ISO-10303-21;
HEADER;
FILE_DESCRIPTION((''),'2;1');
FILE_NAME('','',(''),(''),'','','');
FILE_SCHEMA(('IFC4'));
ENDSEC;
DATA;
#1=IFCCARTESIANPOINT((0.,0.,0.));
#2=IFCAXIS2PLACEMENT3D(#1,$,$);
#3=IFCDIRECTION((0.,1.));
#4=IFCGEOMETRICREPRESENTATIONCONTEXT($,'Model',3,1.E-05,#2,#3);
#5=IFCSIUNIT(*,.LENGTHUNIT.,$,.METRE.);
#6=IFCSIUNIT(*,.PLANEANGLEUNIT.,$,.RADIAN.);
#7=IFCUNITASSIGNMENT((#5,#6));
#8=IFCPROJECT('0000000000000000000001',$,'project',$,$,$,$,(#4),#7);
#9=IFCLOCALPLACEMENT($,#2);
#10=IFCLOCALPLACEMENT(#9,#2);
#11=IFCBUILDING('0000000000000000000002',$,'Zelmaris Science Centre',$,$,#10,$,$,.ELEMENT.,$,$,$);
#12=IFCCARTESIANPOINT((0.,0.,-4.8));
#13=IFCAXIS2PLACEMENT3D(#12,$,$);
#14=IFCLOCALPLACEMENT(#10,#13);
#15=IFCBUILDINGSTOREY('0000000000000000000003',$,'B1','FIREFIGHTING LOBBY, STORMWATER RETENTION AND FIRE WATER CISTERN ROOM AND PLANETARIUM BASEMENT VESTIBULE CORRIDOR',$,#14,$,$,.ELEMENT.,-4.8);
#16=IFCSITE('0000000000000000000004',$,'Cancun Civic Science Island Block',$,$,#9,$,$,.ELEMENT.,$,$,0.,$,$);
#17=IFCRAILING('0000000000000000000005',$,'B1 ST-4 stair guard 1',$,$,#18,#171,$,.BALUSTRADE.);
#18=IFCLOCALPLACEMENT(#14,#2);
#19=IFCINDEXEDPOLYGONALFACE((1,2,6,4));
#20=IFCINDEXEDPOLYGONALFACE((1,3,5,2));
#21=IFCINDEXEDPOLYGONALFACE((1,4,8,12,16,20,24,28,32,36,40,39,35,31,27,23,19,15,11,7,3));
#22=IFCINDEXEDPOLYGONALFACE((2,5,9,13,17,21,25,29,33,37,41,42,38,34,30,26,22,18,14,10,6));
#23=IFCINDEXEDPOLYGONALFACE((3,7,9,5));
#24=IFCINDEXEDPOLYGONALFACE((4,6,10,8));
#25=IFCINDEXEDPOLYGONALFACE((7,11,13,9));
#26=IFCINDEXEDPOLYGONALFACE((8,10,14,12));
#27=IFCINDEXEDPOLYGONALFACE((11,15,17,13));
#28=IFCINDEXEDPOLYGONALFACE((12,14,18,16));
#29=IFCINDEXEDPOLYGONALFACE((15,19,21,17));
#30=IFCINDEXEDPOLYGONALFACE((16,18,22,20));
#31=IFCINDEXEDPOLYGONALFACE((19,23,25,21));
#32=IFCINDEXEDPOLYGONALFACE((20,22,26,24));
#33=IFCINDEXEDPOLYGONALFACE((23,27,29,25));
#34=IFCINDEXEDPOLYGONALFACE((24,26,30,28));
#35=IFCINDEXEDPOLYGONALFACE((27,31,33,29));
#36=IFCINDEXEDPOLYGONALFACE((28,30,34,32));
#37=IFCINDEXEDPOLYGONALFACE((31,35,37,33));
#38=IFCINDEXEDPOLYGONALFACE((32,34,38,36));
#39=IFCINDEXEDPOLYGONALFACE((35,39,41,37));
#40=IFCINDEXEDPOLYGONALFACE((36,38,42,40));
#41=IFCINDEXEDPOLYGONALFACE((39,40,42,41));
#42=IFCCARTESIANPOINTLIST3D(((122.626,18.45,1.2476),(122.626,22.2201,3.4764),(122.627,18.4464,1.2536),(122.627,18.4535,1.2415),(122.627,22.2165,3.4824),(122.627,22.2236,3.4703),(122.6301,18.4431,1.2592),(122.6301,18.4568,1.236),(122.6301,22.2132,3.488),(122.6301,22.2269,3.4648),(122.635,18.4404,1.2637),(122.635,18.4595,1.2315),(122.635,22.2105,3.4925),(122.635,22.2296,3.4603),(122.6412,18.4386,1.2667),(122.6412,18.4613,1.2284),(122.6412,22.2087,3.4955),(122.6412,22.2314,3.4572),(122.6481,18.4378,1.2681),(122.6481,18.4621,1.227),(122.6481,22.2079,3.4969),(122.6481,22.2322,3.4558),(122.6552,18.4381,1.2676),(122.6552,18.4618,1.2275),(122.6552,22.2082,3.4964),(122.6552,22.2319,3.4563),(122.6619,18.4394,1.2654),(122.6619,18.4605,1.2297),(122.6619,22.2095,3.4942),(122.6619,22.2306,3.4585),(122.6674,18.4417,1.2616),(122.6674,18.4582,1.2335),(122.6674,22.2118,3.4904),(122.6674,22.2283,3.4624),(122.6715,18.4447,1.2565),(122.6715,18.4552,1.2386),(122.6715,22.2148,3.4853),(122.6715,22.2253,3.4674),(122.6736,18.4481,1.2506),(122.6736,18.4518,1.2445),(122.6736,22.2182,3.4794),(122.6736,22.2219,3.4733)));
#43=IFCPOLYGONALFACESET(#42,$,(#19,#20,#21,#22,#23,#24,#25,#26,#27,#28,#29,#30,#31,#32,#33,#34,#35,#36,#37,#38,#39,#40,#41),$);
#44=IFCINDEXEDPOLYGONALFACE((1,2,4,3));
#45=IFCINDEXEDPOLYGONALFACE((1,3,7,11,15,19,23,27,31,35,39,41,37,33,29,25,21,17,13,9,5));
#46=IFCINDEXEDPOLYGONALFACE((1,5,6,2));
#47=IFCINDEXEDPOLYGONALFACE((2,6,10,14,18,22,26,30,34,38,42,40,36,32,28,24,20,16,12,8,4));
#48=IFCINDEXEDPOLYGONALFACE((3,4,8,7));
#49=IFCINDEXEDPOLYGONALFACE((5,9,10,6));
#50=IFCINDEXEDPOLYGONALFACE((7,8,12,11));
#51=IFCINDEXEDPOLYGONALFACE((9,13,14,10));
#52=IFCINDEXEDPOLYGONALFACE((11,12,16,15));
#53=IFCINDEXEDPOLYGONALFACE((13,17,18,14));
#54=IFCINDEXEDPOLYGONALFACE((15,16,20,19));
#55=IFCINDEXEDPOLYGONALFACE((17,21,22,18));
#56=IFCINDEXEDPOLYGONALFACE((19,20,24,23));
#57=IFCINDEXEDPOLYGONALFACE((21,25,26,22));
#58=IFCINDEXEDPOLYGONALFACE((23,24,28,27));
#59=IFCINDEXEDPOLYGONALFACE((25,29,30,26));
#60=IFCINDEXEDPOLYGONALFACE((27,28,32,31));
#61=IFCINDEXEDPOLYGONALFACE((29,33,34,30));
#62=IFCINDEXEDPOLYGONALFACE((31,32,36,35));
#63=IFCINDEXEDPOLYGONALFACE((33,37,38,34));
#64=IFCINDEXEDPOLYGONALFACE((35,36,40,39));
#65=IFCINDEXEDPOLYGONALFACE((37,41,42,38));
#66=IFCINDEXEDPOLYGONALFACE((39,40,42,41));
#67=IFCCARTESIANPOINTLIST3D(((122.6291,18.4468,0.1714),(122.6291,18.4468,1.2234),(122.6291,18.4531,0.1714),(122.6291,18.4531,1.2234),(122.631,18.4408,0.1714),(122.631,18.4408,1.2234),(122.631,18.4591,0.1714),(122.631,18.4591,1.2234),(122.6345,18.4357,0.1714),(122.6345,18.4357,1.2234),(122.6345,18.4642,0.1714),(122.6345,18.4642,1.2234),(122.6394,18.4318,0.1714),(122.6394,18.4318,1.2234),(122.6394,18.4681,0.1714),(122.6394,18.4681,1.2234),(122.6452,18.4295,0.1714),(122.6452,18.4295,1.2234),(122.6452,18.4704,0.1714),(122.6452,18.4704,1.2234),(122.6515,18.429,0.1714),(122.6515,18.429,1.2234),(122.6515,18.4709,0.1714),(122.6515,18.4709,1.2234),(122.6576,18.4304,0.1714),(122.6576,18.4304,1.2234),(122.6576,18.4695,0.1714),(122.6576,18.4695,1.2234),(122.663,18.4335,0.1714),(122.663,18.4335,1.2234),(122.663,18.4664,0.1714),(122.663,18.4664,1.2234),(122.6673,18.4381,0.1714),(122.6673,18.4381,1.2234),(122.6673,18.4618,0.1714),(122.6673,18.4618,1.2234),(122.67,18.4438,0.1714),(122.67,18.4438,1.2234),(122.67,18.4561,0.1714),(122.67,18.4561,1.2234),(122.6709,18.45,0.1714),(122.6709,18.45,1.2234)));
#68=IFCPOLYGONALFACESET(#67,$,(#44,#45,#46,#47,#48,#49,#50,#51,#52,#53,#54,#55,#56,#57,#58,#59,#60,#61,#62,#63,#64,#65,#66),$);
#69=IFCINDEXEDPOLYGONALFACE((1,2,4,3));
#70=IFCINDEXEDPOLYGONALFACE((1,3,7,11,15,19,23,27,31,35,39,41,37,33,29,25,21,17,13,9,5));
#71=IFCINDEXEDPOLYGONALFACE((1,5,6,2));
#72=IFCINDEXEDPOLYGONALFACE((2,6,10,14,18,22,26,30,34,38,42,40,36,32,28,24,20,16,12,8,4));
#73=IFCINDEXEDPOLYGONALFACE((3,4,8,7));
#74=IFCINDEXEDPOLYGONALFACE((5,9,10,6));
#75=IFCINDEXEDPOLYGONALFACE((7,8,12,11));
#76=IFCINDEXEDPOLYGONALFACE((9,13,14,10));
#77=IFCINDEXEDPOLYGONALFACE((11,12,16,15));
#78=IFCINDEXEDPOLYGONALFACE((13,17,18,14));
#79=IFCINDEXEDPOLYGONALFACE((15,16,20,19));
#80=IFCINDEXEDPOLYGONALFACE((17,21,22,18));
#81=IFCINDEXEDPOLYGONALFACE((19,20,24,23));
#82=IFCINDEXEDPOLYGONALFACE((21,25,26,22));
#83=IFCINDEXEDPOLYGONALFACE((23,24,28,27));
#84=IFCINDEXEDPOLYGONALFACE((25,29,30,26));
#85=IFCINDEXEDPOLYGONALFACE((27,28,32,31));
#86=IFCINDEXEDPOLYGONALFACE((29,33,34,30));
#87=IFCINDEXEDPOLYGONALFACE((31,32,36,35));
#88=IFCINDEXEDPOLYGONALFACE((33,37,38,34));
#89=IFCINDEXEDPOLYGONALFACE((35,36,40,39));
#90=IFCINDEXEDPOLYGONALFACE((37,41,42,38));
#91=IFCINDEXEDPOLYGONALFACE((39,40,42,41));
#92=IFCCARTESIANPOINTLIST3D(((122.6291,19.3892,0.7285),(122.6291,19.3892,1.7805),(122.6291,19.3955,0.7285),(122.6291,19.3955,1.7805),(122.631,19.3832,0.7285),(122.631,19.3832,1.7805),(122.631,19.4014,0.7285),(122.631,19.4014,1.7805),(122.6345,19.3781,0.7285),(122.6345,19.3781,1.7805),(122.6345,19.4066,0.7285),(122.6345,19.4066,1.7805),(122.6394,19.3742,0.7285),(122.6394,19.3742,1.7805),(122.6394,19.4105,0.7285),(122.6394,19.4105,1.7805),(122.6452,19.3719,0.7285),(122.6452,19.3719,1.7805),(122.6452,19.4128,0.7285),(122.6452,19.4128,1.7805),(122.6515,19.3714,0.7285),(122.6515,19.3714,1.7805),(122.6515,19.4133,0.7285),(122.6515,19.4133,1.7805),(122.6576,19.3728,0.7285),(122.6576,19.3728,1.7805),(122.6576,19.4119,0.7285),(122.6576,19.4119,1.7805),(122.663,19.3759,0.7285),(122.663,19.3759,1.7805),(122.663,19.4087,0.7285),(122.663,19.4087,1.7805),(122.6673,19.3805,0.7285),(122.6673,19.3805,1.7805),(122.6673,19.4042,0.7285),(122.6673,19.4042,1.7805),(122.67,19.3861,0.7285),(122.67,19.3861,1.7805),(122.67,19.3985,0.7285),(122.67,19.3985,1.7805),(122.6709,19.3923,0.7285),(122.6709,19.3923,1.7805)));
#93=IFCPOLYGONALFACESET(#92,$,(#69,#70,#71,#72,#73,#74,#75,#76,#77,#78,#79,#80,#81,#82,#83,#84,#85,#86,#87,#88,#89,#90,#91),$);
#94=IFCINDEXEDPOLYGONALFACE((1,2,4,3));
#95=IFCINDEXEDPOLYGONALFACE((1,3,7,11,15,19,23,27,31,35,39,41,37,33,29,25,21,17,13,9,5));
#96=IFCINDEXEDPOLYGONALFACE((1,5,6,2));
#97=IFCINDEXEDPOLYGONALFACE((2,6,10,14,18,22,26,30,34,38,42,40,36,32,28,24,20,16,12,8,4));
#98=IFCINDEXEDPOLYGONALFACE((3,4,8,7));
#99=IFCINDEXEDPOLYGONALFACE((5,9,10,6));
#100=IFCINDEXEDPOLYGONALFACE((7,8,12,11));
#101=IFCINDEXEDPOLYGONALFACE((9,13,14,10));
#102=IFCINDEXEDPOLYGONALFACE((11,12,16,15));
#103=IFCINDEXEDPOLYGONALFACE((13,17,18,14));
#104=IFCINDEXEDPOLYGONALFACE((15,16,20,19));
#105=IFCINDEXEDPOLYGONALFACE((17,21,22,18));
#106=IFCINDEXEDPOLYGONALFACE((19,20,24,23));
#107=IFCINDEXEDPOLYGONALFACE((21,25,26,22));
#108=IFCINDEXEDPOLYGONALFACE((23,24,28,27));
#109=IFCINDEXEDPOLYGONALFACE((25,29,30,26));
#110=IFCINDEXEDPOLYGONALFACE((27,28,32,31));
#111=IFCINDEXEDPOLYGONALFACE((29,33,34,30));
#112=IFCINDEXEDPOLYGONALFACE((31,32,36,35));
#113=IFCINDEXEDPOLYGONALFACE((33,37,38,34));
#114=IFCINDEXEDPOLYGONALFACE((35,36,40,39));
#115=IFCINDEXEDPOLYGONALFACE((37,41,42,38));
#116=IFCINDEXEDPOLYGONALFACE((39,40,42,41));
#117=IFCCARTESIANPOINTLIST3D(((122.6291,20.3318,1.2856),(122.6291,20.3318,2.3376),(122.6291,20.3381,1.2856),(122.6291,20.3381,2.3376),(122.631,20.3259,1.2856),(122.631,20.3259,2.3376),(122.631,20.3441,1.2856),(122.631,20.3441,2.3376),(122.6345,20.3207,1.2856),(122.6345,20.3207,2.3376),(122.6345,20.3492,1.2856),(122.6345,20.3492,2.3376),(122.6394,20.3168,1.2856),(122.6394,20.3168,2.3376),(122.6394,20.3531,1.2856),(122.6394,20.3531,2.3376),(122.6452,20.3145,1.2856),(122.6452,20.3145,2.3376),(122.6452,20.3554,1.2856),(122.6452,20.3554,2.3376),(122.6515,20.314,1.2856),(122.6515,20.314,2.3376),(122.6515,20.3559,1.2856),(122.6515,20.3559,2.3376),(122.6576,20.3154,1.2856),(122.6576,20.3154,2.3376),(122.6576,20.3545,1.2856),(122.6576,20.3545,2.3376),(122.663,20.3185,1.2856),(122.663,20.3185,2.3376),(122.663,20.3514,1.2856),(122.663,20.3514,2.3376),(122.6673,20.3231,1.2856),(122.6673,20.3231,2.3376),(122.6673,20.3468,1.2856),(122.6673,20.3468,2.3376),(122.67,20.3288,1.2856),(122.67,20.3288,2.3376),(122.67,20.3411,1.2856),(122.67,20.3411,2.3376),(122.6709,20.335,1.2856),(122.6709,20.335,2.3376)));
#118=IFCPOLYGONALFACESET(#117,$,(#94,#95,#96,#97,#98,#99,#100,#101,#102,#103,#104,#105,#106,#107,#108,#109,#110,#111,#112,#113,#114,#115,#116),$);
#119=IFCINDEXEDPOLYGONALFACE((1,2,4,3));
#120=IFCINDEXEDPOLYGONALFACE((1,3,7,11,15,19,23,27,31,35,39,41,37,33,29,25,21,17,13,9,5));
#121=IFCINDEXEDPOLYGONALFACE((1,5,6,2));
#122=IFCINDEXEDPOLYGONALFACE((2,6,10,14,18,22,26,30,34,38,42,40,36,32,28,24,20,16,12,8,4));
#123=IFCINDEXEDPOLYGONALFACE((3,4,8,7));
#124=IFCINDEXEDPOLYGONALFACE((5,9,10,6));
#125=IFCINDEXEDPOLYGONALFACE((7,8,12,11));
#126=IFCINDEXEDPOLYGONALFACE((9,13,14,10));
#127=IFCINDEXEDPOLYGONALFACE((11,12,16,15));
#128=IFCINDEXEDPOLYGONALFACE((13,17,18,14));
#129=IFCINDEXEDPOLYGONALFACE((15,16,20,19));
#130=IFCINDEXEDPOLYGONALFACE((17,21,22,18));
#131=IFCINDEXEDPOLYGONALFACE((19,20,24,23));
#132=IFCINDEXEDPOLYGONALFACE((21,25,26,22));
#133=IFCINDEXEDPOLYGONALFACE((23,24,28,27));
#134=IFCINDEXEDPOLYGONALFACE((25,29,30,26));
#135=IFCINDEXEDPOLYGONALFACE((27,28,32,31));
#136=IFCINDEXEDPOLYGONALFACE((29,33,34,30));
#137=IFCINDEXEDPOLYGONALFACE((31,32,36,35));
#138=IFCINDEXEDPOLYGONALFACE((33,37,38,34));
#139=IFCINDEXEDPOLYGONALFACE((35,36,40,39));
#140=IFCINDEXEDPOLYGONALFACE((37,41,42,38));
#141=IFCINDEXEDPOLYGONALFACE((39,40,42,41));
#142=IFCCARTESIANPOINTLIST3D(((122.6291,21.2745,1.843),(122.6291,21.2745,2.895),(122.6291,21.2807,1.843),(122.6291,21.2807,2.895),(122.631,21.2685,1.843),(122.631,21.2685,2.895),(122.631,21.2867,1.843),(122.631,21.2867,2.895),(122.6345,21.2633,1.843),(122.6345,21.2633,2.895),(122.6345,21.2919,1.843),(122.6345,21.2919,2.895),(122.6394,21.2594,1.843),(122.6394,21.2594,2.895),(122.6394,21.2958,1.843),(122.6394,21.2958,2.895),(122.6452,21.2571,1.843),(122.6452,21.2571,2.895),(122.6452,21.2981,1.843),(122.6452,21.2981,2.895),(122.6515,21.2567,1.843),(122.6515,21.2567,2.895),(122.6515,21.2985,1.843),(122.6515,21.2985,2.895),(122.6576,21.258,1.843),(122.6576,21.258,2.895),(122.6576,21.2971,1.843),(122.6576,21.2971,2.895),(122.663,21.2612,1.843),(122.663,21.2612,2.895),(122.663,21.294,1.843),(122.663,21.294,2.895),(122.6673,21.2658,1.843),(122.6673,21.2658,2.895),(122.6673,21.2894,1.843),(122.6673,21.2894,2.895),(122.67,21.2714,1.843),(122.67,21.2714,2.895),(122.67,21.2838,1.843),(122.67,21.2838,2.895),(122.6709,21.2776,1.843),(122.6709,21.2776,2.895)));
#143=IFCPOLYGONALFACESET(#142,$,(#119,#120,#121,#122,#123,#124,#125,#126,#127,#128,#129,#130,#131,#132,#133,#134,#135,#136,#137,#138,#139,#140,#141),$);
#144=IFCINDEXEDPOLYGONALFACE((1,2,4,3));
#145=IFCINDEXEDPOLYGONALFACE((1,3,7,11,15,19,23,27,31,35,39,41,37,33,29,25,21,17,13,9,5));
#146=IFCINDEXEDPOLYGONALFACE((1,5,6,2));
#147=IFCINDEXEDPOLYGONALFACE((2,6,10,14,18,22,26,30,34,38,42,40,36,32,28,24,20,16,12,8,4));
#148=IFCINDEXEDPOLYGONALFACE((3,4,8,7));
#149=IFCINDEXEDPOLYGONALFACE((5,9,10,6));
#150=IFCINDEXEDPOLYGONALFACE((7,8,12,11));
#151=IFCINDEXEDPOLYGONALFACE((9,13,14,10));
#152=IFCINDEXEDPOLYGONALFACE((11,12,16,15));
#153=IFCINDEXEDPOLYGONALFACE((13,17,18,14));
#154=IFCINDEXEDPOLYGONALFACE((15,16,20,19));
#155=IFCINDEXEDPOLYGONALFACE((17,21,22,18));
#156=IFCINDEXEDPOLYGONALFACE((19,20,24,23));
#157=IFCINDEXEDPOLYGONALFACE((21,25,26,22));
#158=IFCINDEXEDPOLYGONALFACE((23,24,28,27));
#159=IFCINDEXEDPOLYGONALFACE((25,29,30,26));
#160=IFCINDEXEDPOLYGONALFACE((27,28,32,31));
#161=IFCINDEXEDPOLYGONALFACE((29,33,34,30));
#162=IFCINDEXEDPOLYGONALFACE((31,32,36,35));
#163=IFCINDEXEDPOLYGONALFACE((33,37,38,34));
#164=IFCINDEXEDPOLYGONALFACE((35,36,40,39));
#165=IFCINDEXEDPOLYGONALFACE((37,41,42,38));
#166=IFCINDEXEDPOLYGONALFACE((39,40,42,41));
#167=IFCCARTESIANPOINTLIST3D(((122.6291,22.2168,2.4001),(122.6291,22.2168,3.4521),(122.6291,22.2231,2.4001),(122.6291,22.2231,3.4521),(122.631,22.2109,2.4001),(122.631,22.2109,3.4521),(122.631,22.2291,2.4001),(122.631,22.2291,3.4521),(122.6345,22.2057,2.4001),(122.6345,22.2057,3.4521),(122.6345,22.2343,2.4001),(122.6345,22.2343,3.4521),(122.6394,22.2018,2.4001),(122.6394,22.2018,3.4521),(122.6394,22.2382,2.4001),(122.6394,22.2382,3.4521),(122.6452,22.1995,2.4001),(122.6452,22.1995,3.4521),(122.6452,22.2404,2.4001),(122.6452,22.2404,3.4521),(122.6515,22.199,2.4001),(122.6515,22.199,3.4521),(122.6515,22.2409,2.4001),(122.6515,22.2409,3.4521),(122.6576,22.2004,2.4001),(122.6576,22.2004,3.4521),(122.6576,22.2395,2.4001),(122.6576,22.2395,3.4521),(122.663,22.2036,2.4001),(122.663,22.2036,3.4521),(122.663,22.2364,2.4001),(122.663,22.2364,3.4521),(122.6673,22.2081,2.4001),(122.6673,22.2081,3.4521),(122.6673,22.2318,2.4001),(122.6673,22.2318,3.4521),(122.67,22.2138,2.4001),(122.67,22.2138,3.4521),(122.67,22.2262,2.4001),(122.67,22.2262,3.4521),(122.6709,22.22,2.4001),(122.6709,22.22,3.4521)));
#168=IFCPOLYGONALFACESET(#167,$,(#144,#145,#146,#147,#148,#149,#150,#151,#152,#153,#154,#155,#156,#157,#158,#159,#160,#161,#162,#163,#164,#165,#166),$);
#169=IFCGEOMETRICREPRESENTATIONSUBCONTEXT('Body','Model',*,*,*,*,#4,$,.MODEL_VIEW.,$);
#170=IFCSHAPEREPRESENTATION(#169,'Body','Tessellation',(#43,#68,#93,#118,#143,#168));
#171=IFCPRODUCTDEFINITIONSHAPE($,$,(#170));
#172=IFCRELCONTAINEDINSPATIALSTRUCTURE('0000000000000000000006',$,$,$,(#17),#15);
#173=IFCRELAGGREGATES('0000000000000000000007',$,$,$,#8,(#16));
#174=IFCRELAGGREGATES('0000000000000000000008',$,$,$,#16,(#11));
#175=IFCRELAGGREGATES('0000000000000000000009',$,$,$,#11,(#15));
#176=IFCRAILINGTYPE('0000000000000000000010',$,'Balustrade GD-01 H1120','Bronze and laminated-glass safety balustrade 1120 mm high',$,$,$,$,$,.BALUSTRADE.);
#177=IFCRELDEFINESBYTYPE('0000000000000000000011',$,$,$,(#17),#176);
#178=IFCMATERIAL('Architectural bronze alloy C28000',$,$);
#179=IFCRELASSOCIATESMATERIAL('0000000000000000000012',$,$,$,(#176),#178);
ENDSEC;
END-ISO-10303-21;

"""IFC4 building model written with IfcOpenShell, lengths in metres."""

from ifc_helpers import new_model, si_unit, direction, frame, origin, origin_2d, place, context, subcontext, project, spatial, circle, extrude, material, type_object, element, save


model = new_model("IFC4")

# Units and contexts
model_context = context("Model", 3, precision=1e-05, world=origin(), true_north=direction((0.0, 1.0)))
body_context = subcontext(model_context, "Body", "Model", "MODEL_VIEW")
ifc_project = project(units=[si_unit("LENGTHUNIT", "METRE"), si_unit("PLANEANGLEUNIT", "RADIAN")], contexts=[model_context])

# Site, building, storey
site_placement = place(None, origin())
site = spatial("IfcSite", under=ifc_project, at=site_placement, Name="Cancun Civic Science Island Block", CompositionType="ELEMENT", RefElevation=0.0)
building_placement = place(site_placement, origin())
building = spatial("IfcBuilding", under=site, at=building_placement, Name="Zelmaris Science Centre", CompositionType="ELEMENT")
storey_placement = place(building_placement, frame((0.0, 0.0, -4.8)))
storey = spatial("IfcBuildingStorey", under=building, at=storey_placement, Name="B1", Description="FIREFIGHTING LOBBY, STORMWATER RETENTION AND FIRE WATER CISTERN ROOM AND PLANETARIUM BASEMENT VESTIBULE CORRIDOR", CompositionType="ELEMENT", Elevation=-4.8)

# Railing
ifc_material_1 = material(Name="Architectural bronze alloy C28000")
railing_type = type_object("IfcRailingType", Name="Balustrade GD-01 H1120", Description="Bronze and laminated-glass safety balustrade 1120 mm high", PredefinedType="BALUSTRADE", material=ifc_material_1)
railing_1_placement = place(storey_placement, frame((122.6499, 18.45, 0.1714)))
element("IfcRailing", 1, at=railing_1_placement, inside=storey, type_object=railing_type, Name="B1 ST-4 stair guard 1", PredefinedType="BALUSTRADE", context=body_context, shape_type="SweptSolid", body=[
    extrude(circle(Radius=0.0239, at=origin_2d()), frame((0.0, 0.0, 1.0762), z_axis=(0.0, 0.860824, 0.508902), x_axis=(-1.0, 0.0, 0.0)), (0.0, 0.0, 1.0), 4.3796),
    extrude(circle(Radius=0.021, at=origin_2d()), origin(), (0.0, 0.0, 1.0), 1.052),
    extrude(circle(Radius=0.021, at=origin_2d()), frame((0.0, 0.9424, 0.5571)), (0.0, 0.0, 1.0), 1.052),
    extrude(circle(Radius=0.021, at=origin_2d()), frame((0.0, 1.885, 1.1143)), (0.0, 0.0, 1.0), 1.052),
    extrude(circle(Radius=0.021, at=origin_2d()), frame((0.0, 2.8276, 1.6716)), (0.0, 0.0, 1.0), 1.052),
    extrude(circle(Radius=0.021, at=origin_2d()), frame((0.0, 3.77, 2.2288)), (0.0, 0.0, 1.0), 1.052),
])

save(model, "model.ifc")
